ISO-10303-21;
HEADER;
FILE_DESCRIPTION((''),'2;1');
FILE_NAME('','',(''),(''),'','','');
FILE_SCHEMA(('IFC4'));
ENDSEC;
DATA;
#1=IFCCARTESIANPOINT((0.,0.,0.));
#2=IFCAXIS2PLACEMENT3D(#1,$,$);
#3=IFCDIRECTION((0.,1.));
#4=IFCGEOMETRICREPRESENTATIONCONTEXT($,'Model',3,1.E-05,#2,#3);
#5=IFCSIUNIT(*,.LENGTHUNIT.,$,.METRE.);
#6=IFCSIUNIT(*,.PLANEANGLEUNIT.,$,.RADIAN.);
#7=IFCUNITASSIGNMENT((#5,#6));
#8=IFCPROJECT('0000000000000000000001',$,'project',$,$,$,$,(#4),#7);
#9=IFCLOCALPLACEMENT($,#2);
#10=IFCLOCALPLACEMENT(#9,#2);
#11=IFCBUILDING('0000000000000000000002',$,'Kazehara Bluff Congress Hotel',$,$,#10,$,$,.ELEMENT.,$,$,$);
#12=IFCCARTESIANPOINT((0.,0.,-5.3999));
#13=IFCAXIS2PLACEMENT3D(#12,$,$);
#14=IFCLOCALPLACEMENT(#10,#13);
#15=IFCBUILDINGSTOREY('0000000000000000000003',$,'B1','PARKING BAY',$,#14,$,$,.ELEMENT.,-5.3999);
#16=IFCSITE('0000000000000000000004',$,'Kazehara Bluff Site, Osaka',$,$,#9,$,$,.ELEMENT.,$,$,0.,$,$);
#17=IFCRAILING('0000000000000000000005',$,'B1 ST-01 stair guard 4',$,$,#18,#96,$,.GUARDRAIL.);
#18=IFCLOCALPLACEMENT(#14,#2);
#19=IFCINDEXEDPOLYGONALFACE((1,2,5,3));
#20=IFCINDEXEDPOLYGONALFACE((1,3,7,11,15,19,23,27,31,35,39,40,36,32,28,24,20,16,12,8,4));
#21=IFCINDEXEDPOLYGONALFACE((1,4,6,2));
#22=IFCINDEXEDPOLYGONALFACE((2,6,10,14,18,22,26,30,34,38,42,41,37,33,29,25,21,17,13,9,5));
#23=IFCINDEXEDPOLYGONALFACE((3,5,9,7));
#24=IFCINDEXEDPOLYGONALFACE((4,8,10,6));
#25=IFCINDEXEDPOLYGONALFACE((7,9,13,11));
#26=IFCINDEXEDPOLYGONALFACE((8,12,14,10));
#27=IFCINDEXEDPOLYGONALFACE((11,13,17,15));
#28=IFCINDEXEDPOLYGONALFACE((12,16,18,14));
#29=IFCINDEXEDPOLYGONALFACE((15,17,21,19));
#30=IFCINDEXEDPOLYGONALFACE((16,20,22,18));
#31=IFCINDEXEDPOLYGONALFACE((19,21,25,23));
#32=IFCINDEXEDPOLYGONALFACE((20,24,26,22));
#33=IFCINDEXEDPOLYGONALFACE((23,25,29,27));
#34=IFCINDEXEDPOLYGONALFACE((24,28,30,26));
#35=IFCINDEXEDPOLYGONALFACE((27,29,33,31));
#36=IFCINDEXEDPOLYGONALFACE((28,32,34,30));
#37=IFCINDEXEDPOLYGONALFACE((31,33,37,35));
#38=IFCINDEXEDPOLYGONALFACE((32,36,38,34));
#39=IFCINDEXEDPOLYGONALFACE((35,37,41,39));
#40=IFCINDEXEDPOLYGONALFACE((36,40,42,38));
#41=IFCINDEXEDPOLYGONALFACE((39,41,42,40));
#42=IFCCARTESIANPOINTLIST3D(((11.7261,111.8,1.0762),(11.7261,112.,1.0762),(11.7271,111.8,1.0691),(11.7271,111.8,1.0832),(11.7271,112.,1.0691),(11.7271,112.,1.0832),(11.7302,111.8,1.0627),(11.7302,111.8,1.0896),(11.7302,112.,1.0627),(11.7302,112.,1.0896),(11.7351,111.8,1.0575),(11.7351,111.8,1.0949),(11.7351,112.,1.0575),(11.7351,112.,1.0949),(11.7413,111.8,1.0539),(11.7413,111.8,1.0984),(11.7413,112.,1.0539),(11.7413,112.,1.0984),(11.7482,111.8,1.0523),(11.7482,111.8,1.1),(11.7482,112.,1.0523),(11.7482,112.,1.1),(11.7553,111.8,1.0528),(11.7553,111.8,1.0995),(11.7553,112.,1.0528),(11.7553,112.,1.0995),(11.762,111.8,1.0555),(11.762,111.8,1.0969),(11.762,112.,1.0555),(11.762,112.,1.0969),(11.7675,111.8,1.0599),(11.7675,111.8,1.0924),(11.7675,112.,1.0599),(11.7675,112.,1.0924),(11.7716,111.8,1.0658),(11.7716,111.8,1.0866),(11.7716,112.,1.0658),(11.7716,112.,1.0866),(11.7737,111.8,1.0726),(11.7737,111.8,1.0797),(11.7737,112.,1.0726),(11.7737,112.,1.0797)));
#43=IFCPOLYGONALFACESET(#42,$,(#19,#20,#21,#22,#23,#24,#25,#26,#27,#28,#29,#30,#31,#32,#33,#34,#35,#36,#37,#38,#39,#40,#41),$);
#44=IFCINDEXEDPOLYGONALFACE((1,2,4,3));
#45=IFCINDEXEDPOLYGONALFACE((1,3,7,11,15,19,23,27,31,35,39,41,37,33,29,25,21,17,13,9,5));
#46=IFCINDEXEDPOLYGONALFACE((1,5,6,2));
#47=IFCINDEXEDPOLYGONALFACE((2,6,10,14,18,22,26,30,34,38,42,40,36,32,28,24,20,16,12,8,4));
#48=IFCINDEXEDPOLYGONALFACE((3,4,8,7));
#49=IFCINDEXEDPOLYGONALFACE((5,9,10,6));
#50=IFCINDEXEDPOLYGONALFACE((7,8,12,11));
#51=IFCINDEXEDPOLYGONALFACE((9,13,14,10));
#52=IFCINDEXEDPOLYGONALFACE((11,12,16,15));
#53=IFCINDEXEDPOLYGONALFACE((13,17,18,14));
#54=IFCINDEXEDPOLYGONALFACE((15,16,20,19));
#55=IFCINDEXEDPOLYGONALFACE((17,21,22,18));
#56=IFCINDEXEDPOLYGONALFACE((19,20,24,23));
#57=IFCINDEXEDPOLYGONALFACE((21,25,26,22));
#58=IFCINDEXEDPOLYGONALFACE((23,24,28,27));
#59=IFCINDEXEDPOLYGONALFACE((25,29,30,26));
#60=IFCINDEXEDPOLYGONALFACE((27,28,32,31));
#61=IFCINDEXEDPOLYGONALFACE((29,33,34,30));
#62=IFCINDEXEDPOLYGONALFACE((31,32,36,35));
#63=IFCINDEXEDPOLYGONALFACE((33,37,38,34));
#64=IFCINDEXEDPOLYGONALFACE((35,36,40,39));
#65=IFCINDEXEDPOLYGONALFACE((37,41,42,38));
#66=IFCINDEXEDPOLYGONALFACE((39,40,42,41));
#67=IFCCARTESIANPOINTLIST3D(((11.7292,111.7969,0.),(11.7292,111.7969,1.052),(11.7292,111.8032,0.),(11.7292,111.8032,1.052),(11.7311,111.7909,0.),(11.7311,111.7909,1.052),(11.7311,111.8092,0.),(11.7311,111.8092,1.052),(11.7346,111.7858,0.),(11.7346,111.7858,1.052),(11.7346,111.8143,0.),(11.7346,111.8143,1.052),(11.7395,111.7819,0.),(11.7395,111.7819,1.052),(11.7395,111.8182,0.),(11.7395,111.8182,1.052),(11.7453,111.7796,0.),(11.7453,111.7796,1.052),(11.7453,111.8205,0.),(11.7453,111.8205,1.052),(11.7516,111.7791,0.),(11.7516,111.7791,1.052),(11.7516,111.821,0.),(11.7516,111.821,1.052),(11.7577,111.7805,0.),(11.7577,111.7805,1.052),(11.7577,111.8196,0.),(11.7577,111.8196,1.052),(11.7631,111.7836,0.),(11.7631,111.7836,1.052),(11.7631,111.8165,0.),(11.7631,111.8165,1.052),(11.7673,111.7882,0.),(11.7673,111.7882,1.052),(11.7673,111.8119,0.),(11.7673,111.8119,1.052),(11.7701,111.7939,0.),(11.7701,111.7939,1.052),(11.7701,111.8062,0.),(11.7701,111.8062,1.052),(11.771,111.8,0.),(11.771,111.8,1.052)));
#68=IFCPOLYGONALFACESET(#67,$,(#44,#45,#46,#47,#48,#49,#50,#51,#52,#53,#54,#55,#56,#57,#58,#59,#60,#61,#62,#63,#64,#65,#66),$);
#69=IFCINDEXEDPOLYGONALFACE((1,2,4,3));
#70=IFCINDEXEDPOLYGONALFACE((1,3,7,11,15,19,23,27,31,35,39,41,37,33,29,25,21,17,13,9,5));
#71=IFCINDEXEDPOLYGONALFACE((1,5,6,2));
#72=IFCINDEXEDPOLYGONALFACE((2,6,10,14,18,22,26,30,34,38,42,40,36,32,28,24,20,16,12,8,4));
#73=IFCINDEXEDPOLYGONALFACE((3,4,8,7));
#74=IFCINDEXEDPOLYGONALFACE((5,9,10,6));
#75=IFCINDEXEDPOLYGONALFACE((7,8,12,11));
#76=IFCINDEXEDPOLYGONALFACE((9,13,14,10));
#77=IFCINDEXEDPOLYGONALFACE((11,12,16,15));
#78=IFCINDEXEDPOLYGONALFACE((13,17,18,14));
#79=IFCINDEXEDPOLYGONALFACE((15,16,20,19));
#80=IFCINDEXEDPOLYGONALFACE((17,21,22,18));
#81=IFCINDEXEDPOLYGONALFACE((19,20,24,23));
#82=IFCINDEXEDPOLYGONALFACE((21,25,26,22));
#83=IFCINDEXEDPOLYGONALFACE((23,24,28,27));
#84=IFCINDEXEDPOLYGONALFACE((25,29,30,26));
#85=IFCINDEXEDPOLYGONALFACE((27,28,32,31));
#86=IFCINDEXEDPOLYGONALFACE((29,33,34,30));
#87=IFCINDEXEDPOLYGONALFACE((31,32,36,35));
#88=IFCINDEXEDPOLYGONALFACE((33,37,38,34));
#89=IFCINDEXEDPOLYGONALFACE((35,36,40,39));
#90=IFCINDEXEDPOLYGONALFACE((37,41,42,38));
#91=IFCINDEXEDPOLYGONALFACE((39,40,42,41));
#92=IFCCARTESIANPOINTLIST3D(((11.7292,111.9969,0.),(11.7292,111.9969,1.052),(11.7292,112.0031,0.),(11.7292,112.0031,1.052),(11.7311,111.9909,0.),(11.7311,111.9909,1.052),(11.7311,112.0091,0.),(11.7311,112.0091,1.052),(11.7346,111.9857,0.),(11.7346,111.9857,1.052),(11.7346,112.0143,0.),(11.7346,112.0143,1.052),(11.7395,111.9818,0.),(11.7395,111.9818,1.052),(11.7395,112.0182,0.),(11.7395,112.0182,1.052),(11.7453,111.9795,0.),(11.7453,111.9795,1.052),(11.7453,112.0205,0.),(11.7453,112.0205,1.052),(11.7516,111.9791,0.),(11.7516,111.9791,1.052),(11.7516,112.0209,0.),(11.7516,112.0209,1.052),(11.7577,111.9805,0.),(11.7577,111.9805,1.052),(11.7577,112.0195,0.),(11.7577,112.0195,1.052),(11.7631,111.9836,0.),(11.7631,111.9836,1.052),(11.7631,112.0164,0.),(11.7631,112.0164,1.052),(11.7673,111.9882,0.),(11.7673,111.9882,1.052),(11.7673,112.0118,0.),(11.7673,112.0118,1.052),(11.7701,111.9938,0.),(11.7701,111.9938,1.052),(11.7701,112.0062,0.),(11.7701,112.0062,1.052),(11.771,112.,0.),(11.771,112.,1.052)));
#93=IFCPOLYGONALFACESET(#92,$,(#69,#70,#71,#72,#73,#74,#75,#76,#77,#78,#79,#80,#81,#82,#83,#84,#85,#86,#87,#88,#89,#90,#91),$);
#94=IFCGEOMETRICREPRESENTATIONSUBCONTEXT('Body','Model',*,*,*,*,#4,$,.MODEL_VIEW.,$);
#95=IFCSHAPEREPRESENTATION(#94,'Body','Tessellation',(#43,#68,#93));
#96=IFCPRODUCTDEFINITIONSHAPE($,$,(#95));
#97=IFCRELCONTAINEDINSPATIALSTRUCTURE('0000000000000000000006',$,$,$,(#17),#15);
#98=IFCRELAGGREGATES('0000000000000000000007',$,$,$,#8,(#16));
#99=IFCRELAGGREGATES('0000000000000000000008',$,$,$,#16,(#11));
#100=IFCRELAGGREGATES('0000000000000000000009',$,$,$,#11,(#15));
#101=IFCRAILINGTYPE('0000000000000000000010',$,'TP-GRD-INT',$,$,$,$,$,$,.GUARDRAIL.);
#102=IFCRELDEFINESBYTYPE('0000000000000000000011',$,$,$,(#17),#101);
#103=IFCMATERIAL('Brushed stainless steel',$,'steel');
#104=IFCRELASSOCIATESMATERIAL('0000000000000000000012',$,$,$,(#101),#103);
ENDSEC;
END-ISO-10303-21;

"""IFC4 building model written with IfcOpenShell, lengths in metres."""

from ifc_helpers import new_model, si_unit, direction, frame, origin, origin_2d, place, context, subcontext, project, spatial, circle, extrude, material, type_object, element, save


model = new_model("IFC4")

# Units and contexts
model_context = context("Model", 3, precision=1e-05, world=origin(), true_north=direction((0.0, 1.0)))
body_context = subcontext(model_context, "Body", "Model", "MODEL_VIEW")
ifc_project = project(units=[si_unit("LENGTHUNIT", "METRE"), si_unit("PLANEANGLEUNIT", "RADIAN")], contexts=[model_context])

# Site, building, storey
site_placement = place(None, origin())
site = spatial("IfcSite", under=ifc_project, at=site_placement, Name="Kazehara Bluff Site, Osaka", CompositionType="ELEMENT", RefElevation=0.0)
building_placement = place(site_placement, origin())
building = spatial("IfcBuilding", under=site, at=building_placement, Name="Kazehara Bluff Congress Hotel", CompositionType="ELEMENT")
storey_placement = place(building_placement, frame((0.0, 0.0, -5.3999)))
storey = spatial("IfcBuildingStorey", under=building, at=storey_placement, Name="B1", Description="PARKING BAY", CompositionType="ELEMENT", Elevation=-5.3999)

# Railing
ifc_material_1 = material(Name="Brushed stainless steel", Category="steel")
railing_type_1 = type_object("IfcRailingType", Name="TP-GRD-INT", PredefinedType="GUARDRAIL", material=ifc_material_1)
railing_1_placement = place(storey_placement, frame((11.75, 111.8, 0.0)))
element("IfcRailing", 1, at=railing_1_placement, inside=storey, type_object=railing_type_1, Name="B1 ST-01 stair guard 4", PredefinedType="GUARDRAIL", context=body_context, shape_type="SweptSolid", body=[
    extrude(circle(Radius=0.0239, at=origin_2d()), frame((0.0, 0.0, 1.0762), z_axis=(0.0, 1.0, 0.0), x_axis=(-1.0, 0.0, 0.0)), (0.0, 0.0, 1.0), 0.2),
    extrude(circle(Radius=0.021, at=origin_2d()), origin(), (0.0, 0.0, 1.0), 1.052),
    extrude(circle(Radius=0.021, at=origin_2d()), frame((0.0, 0.2, 0.0)), (0.0, 0.0, 1.0), 1.052),
])

save(model, "model.ifc")
